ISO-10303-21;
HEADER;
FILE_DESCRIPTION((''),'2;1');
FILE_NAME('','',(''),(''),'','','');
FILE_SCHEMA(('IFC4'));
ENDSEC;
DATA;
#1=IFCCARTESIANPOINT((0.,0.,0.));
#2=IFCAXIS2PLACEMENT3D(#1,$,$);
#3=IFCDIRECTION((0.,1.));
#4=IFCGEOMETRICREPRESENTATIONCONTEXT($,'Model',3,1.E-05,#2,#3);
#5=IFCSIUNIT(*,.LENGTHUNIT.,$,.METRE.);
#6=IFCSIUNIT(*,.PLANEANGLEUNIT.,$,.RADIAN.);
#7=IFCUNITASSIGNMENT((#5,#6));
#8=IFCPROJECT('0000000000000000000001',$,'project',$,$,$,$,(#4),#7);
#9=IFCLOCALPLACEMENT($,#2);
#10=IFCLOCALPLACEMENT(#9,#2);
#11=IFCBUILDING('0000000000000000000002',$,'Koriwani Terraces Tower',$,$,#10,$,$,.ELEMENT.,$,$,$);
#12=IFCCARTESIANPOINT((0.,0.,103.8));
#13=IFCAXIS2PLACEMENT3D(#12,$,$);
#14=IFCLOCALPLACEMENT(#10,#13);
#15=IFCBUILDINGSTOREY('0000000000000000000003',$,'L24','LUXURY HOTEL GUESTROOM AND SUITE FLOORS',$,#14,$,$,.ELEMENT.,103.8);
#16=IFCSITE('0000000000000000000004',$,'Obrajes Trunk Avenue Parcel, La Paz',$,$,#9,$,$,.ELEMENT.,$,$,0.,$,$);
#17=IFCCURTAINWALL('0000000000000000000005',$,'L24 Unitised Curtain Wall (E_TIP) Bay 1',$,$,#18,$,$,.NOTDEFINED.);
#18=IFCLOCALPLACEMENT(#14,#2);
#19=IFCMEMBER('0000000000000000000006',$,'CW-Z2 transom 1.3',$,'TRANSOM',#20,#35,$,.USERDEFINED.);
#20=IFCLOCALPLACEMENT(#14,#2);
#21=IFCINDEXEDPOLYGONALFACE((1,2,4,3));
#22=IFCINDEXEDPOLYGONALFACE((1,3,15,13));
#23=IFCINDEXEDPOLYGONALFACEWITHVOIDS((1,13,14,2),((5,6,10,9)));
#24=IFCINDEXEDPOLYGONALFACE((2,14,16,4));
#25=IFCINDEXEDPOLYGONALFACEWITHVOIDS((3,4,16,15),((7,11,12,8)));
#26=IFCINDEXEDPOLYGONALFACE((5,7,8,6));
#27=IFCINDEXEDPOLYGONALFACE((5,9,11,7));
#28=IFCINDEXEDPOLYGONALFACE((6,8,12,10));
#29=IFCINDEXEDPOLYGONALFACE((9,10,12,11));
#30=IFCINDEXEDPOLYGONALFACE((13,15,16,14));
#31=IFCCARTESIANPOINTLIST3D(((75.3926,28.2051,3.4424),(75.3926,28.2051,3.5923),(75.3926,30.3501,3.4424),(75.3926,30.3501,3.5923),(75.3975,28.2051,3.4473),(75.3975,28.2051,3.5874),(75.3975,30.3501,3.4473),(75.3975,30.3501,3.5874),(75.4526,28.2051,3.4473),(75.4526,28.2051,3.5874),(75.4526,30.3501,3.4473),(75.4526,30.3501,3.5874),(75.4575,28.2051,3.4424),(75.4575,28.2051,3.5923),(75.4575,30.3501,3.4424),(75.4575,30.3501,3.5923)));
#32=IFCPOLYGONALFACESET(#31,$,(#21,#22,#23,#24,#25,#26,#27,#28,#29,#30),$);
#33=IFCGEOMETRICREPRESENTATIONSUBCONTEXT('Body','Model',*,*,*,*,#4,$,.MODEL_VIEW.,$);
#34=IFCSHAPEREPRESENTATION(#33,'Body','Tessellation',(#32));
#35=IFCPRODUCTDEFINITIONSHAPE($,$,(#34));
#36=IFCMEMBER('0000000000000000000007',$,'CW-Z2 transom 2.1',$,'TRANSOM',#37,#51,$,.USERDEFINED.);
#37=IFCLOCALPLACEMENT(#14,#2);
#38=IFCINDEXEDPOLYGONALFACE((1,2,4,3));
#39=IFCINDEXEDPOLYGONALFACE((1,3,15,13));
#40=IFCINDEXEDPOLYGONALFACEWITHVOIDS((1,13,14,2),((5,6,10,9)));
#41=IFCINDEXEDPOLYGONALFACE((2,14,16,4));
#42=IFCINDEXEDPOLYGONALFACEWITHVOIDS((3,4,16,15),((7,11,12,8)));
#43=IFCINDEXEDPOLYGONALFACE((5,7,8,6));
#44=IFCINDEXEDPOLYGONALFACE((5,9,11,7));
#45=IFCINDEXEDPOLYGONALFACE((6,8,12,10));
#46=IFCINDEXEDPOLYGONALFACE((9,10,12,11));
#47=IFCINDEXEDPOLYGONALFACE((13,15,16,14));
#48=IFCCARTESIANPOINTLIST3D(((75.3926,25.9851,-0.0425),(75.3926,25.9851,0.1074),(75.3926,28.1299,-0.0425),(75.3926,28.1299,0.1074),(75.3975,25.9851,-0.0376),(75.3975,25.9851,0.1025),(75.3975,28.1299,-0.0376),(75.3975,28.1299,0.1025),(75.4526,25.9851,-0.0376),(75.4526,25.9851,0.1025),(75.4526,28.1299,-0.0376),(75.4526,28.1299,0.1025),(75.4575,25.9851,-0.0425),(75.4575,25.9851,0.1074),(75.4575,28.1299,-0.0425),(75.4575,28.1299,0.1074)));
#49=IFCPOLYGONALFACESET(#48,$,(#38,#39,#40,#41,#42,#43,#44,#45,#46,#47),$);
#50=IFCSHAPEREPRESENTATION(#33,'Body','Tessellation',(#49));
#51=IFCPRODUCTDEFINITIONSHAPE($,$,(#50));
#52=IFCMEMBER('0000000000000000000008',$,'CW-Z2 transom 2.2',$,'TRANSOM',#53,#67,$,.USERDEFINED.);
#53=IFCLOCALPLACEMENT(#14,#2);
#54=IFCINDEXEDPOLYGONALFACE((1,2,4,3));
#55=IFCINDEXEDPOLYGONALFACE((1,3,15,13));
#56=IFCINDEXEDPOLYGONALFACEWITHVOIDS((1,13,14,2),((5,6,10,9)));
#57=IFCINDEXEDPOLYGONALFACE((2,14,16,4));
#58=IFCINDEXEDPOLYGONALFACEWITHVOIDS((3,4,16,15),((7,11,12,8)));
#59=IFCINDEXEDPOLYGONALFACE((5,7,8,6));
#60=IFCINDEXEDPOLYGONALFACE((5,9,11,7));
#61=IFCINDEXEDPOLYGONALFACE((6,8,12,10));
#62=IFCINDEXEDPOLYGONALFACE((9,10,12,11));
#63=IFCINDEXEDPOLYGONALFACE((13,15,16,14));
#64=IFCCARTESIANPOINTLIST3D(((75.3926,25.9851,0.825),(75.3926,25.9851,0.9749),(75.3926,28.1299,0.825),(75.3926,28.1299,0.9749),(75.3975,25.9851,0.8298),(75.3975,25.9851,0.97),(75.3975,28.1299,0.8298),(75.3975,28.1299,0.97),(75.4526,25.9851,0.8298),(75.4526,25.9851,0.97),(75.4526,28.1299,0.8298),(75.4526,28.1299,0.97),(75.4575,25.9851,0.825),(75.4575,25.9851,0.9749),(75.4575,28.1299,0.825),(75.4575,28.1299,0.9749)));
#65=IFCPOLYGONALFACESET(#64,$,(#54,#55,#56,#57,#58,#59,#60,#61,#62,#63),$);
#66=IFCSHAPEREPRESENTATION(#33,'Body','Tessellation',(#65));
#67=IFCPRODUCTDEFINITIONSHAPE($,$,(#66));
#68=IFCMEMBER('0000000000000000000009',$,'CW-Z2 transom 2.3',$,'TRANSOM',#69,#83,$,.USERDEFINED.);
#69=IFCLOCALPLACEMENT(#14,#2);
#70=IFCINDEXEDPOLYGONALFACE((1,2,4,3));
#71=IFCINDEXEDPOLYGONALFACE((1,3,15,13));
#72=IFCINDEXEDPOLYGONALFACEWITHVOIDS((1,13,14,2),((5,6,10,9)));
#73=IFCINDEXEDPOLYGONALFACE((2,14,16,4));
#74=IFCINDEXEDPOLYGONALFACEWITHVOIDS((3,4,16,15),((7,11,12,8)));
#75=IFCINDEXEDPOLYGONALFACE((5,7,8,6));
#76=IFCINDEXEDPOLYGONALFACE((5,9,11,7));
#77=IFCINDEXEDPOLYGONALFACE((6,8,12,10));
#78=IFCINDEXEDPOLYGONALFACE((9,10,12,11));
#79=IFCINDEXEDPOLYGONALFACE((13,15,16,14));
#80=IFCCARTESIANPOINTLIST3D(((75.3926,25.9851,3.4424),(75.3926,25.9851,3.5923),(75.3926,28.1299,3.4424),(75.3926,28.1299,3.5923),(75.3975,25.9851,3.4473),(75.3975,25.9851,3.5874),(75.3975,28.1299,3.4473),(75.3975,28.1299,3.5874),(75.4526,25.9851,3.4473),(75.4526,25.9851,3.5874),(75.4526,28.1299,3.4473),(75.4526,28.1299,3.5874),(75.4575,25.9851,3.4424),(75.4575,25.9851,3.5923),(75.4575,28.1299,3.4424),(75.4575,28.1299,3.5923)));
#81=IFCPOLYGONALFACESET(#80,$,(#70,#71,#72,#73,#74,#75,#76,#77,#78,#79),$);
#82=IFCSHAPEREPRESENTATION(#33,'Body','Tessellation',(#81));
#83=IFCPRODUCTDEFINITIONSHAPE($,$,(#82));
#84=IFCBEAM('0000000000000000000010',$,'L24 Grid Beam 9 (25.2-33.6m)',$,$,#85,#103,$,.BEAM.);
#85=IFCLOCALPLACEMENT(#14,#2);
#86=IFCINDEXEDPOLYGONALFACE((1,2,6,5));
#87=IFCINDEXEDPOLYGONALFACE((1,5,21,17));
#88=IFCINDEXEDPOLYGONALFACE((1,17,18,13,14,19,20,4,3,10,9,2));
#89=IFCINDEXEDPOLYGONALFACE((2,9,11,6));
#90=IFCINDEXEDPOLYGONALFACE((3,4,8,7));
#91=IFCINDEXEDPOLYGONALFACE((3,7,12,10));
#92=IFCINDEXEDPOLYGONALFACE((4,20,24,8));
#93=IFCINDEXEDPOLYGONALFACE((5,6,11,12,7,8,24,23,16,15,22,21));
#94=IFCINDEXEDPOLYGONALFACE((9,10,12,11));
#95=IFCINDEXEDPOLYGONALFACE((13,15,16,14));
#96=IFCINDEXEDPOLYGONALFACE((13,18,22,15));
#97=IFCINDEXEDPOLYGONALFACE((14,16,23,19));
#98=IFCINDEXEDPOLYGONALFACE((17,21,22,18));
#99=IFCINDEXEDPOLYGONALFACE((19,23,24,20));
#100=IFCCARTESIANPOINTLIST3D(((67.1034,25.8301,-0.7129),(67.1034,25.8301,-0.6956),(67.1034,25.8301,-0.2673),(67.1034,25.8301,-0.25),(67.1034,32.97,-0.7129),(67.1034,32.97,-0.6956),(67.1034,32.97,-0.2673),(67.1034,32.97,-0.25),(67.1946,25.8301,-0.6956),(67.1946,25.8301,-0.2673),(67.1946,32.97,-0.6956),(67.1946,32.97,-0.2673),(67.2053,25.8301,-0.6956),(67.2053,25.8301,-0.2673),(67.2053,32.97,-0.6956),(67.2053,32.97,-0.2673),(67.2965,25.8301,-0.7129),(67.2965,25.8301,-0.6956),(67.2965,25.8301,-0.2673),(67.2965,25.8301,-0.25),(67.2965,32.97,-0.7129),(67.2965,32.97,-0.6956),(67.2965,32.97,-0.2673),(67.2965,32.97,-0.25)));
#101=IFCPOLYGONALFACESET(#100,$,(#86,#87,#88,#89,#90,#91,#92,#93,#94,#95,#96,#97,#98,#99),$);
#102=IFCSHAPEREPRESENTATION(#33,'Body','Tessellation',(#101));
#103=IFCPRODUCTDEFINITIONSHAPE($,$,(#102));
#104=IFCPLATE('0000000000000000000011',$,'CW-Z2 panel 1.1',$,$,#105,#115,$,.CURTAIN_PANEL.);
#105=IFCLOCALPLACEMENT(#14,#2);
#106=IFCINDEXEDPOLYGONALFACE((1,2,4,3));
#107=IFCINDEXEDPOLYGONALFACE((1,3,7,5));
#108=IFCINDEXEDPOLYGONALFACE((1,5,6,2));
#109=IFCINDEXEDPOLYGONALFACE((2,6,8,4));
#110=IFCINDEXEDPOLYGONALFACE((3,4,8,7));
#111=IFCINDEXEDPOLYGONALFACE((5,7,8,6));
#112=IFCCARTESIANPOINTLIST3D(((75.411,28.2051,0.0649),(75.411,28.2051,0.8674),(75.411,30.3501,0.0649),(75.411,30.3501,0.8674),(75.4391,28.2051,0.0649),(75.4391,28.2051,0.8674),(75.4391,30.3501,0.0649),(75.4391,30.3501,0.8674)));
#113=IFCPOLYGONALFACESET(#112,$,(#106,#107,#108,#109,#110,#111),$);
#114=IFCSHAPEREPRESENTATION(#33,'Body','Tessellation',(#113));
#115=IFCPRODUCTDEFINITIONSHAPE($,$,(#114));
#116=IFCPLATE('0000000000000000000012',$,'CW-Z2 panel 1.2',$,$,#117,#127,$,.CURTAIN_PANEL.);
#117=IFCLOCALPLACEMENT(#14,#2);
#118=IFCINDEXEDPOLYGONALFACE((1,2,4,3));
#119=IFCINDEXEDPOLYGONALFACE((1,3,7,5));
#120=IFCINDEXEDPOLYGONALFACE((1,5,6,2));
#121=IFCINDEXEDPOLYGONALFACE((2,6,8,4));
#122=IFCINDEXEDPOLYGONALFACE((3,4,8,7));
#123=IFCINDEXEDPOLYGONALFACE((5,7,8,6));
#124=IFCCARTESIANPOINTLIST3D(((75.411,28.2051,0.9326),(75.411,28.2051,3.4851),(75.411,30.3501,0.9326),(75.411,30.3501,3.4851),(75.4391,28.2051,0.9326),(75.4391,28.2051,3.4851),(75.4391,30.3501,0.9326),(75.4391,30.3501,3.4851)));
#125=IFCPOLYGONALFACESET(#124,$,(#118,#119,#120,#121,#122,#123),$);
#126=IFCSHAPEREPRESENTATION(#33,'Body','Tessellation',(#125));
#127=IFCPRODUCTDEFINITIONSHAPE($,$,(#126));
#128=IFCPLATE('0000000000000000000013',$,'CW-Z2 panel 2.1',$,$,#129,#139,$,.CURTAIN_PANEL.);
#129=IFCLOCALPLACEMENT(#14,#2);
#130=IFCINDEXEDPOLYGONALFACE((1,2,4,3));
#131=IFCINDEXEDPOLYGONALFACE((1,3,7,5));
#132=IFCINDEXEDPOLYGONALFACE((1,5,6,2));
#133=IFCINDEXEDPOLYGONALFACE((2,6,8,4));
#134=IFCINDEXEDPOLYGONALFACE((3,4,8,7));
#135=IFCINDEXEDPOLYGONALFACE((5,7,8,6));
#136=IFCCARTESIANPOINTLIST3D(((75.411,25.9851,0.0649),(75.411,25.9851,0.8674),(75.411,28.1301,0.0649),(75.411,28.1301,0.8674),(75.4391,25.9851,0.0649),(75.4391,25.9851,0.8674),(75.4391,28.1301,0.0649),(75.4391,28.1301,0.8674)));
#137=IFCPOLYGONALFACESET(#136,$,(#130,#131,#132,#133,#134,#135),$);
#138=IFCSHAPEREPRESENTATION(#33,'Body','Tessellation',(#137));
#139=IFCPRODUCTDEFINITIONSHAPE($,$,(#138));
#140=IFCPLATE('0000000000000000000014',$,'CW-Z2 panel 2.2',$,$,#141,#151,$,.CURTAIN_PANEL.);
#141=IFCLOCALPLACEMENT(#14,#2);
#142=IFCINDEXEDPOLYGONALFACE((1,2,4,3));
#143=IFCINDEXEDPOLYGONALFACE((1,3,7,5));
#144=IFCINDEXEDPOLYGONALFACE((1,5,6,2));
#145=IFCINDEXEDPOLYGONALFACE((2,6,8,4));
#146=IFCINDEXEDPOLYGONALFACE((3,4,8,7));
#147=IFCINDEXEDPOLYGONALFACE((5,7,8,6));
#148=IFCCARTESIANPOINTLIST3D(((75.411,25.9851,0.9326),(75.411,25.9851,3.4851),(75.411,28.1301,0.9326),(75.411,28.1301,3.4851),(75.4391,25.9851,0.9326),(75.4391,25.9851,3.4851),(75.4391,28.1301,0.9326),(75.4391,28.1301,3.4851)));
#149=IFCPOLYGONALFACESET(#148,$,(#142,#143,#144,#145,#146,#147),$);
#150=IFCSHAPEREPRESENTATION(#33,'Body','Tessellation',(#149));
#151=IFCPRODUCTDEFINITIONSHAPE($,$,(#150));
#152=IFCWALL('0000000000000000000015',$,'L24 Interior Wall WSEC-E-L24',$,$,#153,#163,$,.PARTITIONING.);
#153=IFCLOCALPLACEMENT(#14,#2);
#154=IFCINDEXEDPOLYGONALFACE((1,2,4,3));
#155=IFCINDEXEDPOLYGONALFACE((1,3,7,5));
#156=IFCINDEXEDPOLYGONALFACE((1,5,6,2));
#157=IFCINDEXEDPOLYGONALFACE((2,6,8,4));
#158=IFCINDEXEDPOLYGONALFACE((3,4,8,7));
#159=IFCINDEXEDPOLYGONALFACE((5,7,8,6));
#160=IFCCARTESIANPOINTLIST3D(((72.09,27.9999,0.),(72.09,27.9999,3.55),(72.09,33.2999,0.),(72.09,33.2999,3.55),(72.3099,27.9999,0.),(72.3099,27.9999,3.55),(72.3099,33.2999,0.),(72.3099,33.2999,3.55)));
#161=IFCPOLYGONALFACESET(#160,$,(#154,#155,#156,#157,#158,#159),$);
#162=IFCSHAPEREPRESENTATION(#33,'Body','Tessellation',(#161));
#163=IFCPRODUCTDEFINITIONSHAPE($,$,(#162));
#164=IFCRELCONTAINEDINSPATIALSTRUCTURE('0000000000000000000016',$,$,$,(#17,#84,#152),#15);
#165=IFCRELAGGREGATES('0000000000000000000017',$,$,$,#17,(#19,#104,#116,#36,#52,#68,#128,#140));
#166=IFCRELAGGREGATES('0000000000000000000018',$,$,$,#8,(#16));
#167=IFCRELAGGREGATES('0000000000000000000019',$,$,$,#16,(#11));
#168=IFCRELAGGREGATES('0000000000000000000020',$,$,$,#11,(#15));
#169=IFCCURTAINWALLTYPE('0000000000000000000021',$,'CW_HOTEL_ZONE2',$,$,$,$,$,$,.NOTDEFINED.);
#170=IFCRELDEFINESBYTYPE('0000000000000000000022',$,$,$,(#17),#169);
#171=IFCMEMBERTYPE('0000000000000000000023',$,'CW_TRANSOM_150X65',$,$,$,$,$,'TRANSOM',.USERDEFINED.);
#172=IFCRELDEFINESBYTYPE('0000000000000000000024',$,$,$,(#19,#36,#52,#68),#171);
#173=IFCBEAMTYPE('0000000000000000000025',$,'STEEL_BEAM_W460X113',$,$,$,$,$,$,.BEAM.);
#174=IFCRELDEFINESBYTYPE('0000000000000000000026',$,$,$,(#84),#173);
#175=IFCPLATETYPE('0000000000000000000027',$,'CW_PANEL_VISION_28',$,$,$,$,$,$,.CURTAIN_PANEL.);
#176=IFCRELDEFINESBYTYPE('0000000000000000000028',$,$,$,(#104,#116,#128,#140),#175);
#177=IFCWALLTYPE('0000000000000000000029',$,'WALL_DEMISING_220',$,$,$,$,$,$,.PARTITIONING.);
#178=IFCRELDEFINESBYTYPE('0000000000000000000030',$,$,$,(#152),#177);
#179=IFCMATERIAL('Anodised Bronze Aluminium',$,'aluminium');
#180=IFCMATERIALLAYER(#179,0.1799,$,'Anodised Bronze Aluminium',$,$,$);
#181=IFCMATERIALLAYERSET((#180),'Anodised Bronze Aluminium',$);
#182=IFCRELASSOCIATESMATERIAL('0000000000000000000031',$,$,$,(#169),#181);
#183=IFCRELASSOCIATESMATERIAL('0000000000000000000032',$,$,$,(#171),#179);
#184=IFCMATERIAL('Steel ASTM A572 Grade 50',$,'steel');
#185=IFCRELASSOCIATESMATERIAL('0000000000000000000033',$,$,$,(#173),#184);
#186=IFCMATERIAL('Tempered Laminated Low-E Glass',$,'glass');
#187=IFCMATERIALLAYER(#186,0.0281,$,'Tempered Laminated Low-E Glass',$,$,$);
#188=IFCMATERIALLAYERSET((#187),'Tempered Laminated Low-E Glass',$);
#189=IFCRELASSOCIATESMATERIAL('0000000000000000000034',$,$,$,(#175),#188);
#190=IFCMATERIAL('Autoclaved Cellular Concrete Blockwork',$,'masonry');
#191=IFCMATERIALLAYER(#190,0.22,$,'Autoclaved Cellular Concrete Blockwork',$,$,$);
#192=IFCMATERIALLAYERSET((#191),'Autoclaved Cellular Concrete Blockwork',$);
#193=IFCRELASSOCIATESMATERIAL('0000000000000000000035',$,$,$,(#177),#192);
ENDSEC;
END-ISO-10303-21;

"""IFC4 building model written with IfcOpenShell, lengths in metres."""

from ifc_helpers import new_model, si_unit, direction, frame, frame_2d, origin, origin_2d, place, context, subcontext, project, spatial, rectangle, hollow_rectangle, i_section, extrude, material, layer, layer_set, material_profile, profile_set, type_object, element, aggregate, save


model = new_model("IFC4")

# Units and contexts
model_context = context("Model", 3, precision=1e-05, world=origin(), true_north=direction((0.0, 1.0)))
body_context = subcontext(model_context, "Body", "Model", "MODEL_VIEW")
ifc_project = project(units=[si_unit("LENGTHUNIT", "METRE"), si_unit("PLANEANGLEUNIT", "RADIAN")], contexts=[model_context])

# Site, building, storey
site_placement = place(None, origin())
site = spatial("IfcSite", under=ifc_project, at=site_placement, Name="Obrajes Trunk Avenue Parcel, La Paz", CompositionType="ELEMENT", RefElevation=0.0)
building_placement = place(site_placement, origin())
building = spatial("IfcBuilding", under=site, at=building_placement, Name="Koriwani Terraces Tower", CompositionType="ELEMENT")
storey_placement = place(building_placement, frame((0.0, 0.0, 103.8)))
storey = spatial("IfcBuildingStorey", under=building, at=storey_placement, Name="L24", Description="LUXURY HOTEL GUESTROOM AND SUITE FLOORS", CompositionType="ELEMENT", Elevation=103.8)

# Curtain wall, members
ifc_material_1 = material(Name="Anodised Bronze Aluminium", Category="aluminium")
ifc_layer_1 = layer(ifc_material_1, 0.1799, Name="Anodised Bronze Aluminium")
ifc_layer_set_1 = layer_set([ifc_layer_1], Name="Anodised Bronze Aluminium")
curtain_wall_type = type_object("IfcCurtainWallType", Name="CW_HOTEL_ZONE2", PredefinedType="NOTDEFINED", material=ifc_layer_set_1)
curtain_wall_placement = place(storey_placement, origin())
curtain_wall = element("IfcCurtainWall", 1, at=curtain_wall_placement, inside=storey, type_object=curtain_wall_type, Name="L24 Unitised Curtain Wall (E_TIP) Bay 1", PredefinedType="NOTDEFINED")
ifc_material_profile_1 = material_profile(ifc_material_1, hollow_rectangle(XDim=0.0649, YDim=0.1499, WallThickness=0.0049, at=origin_2d()), Name="Anodised Bronze Aluminium", Category="LoadBearing")
ifc_profile_set_1 = profile_set([ifc_material_profile_1], Name="Anodised Bronze Aluminium")
member_type_1 = type_object("IfcMemberType", Name="CW_TRANSOM_150X65", ElementType="TRANSOM", PredefinedType="USERDEFINED", material=ifc_profile_set_1)
member_1_placement = place(storey_placement, frame((75.425, 30.3501, 3.5173), z_axis=(0.0, -1.0, 0.0), x_axis=(1.0, 0.0, 0.0)))
member_1 = element("IfcMember", 2, at=member_1_placement, type_object=member_type_1, Name="CW-Z2 transom 1.3", ObjectType="TRANSOM", PredefinedType="USERDEFINED", context=body_context, shape_type="SweptSolid", body=[
    extrude(hollow_rectangle(XDim=0.0649, YDim=0.1499, WallThickness=0.0049, at=origin_2d()), origin(), (0.0, 0.0, 1.0), 2.145),
])
member_2_placement = place(storey_placement, frame((75.425, 28.1299, 0.0325), z_axis=(0.0, -1.0, 0.0), x_axis=(1.0, 0.0, 0.0)))
member_2 = element("IfcMember", 3, at=member_2_placement, type_object=member_type_1, Name="CW-Z2 transom 2.1", ObjectType="TRANSOM", PredefinedType="USERDEFINED", context=body_context, shape_type="SweptSolid", body=[
    extrude(hollow_rectangle(XDim=0.0649, YDim=0.1499, WallThickness=0.0049, at=origin_2d()), origin(), (0.0, 0.0, 1.0), 2.1448),
])
member_3_placement = place(storey_placement, frame((75.425, 28.1299, 0.8999), z_axis=(0.0, -1.0, 0.0), x_axis=(1.0, 0.0, 0.0)))
member_3 = element("IfcMember", 4, at=member_3_placement, type_object=member_type_1, Name="CW-Z2 transom 2.2", ObjectType="TRANSOM", PredefinedType="USERDEFINED", context=body_context, shape_type="SweptSolid", body=[
    extrude(hollow_rectangle(XDim=0.0649, YDim=0.1499, WallThickness=0.0049, at=origin_2d()), origin(), (0.0, 0.0, 1.0), 2.1448),
])
member_4_placement = place(storey_placement, frame((75.425, 28.1299, 3.5173), z_axis=(0.0, -1.0, 0.0), x_axis=(1.0, 0.0, 0.0)))
member_4 = element("IfcMember", 5, at=member_4_placement, type_object=member_type_1, Name="CW-Z2 transom 2.3", ObjectType="TRANSOM", PredefinedType="USERDEFINED", context=body_context, shape_type="SweptSolid", body=[
    extrude(hollow_rectangle(XDim=0.0649, YDim=0.1499, WallThickness=0.0049, at=origin_2d()), origin(), (0.0, 0.0, 1.0), 2.1448),
])

# Beam
ifc_material_2 = material(Name="Steel ASTM A572 Grade 50", Category="steel")
ifc_material_profile_2 = material_profile(ifc_material_2, i_section(OverallWidth=0.1931, OverallDepth=0.4629, WebThickness=0.0107, FlangeThickness=0.0173, at=origin_2d()), Name="Steel ASTM A572 Grade 50", Category="LoadBearing")
ifc_profile_set_2 = profile_set([ifc_material_profile_2], Name="Steel ASTM A572 Grade 50")
beam_type_1 = type_object("IfcBeamType", Name="STEEL_BEAM_W460X113", PredefinedType="BEAM", material=ifc_profile_set_2)
beam_1_placement = place(storey_placement, frame((67.2, 25.8301, -0.4814), z_axis=(0.0, 1.0, 0.0), x_axis=(-1.0, 0.0, 0.0)))
element("IfcBeam", 6, at=beam_1_placement, inside=storey, type_object=beam_type_1, Name="L24 Grid Beam 9 (25.2-33.6m)", PredefinedType="BEAM", context=body_context, shape_type="SweptSolid", body=[
    extrude(i_section(OverallWidth=0.1931, OverallDepth=0.4629, WebThickness=0.0107, FlangeThickness=0.0173, at=origin_2d()), origin(), (0.0, 0.0, 1.0), 7.1399),
])

# Plates
ifc_material_3 = material(Name="Tempered Laminated Low-E Glass", Category="glass")
ifc_layer_2 = layer(ifc_material_3, 0.0281, Name="Tempered Laminated Low-E Glass")
ifc_layer_set_2 = layer_set([ifc_layer_2], Name="Tempered Laminated Low-E Glass")
plate_type = type_object("IfcPlateType", Name="CW_PANEL_VISION_28", PredefinedType="CURTAIN_PANEL", material=ifc_layer_set_2)
plate_1_placement = place(storey_placement, frame((75.425, 29.2776, 0.0649), z_axis=(0.0, 0.0, 1.0), x_axis=(0.0, -1.0, 0.0)))
plate_1 = element("IfcPlate", 7, at=plate_1_placement, type_object=plate_type, Name="CW-Z2 panel 1.1", PredefinedType="CURTAIN_PANEL", context=body_context, shape_type="SweptSolid", body=[
    extrude(rectangle(XDim=2.145, YDim=0.0281, at=origin_2d()), origin(), (0.0, 0.0, 1.0), 0.8025),
])
plate_2_placement = place(storey_placement, frame((75.425, 29.2776, 0.9326), z_axis=(0.0, 0.0, 1.0), x_axis=(0.0, -1.0, 0.0)))
plate_2 = element("IfcPlate", 8, at=plate_2_placement, type_object=plate_type, Name="CW-Z2 panel 1.2", PredefinedType="CURTAIN_PANEL", context=body_context, shape_type="SweptSolid", body=[
    extrude(rectangle(XDim=2.145, YDim=0.0281, at=origin_2d()), origin(), (0.0, 0.0, 1.0), 2.5525),
])
plate_3_placement = place(storey_placement, frame((75.425, 27.0576, 0.0649), z_axis=(0.0, 0.0, 1.0), x_axis=(0.0, -1.0, 0.0)))
plate_3 = element("IfcPlate", 9, at=plate_3_placement, type_object=plate_type, Name="CW-Z2 panel 2.1", PredefinedType="CURTAIN_PANEL", context=body_context, shape_type="SweptSolid", body=[
    extrude(rectangle(XDim=2.145, YDim=0.0281, at=origin_2d()), origin(), (0.0, 0.0, 1.0), 0.8025),
])
plate_4_placement = place(storey_placement, frame((75.425, 27.0576, 0.9326), z_axis=(0.0, 0.0, 1.0), x_axis=(0.0, -1.0, 0.0)))
plate_4 = element("IfcPlate", 10, at=plate_4_placement, type_object=plate_type, Name="CW-Z2 panel 2.2", PredefinedType="CURTAIN_PANEL", context=body_context, shape_type="SweptSolid", body=[
    extrude(rectangle(XDim=2.145, YDim=0.0281, at=origin_2d()), origin(), (0.0, 0.0, 1.0), 2.5525),
])
aggregate(curtain_wall, [member_1, plate_1, plate_2, member_2, member_3, member_4, plate_3, plate_4])

# Wall
ifc_material_4 = material(Name="Autoclaved Cellular Concrete Blockwork", Category="masonry")
ifc_layer_3 = layer(ifc_material_4, 0.22, Name="Autoclaved Cellular Concrete Blockwork")
ifc_layer_set_3 = layer_set([ifc_layer_3], Name="Autoclaved Cellular Concrete Blockwork")
wall_type_1 = type_object("IfcWallType", Name="WALL_DEMISING_220", PredefinedType="PARTITIONING", material=ifc_layer_set_3)
wall_1_placement = place(storey_placement, frame((72.2, 28.0, 0.0), z_axis=(0.0, 0.0, 1.0), x_axis=(0.0, 1.0, 0.0)))
element("IfcWall", 11, at=wall_1_placement, inside=storey, type_object=wall_type_1, Name="L24 Interior Wall WSEC-E-L24", PredefinedType="PARTITIONING", context=body_context, shape_type="SweptSolid", body=[
    extrude(rectangle(XDim=5.3, YDim=0.22, at=frame_2d((2.6499, 0.0))), origin(), (0.0, 0.0, 1.0), 3.55),
])

save(model, "model.ifc")
